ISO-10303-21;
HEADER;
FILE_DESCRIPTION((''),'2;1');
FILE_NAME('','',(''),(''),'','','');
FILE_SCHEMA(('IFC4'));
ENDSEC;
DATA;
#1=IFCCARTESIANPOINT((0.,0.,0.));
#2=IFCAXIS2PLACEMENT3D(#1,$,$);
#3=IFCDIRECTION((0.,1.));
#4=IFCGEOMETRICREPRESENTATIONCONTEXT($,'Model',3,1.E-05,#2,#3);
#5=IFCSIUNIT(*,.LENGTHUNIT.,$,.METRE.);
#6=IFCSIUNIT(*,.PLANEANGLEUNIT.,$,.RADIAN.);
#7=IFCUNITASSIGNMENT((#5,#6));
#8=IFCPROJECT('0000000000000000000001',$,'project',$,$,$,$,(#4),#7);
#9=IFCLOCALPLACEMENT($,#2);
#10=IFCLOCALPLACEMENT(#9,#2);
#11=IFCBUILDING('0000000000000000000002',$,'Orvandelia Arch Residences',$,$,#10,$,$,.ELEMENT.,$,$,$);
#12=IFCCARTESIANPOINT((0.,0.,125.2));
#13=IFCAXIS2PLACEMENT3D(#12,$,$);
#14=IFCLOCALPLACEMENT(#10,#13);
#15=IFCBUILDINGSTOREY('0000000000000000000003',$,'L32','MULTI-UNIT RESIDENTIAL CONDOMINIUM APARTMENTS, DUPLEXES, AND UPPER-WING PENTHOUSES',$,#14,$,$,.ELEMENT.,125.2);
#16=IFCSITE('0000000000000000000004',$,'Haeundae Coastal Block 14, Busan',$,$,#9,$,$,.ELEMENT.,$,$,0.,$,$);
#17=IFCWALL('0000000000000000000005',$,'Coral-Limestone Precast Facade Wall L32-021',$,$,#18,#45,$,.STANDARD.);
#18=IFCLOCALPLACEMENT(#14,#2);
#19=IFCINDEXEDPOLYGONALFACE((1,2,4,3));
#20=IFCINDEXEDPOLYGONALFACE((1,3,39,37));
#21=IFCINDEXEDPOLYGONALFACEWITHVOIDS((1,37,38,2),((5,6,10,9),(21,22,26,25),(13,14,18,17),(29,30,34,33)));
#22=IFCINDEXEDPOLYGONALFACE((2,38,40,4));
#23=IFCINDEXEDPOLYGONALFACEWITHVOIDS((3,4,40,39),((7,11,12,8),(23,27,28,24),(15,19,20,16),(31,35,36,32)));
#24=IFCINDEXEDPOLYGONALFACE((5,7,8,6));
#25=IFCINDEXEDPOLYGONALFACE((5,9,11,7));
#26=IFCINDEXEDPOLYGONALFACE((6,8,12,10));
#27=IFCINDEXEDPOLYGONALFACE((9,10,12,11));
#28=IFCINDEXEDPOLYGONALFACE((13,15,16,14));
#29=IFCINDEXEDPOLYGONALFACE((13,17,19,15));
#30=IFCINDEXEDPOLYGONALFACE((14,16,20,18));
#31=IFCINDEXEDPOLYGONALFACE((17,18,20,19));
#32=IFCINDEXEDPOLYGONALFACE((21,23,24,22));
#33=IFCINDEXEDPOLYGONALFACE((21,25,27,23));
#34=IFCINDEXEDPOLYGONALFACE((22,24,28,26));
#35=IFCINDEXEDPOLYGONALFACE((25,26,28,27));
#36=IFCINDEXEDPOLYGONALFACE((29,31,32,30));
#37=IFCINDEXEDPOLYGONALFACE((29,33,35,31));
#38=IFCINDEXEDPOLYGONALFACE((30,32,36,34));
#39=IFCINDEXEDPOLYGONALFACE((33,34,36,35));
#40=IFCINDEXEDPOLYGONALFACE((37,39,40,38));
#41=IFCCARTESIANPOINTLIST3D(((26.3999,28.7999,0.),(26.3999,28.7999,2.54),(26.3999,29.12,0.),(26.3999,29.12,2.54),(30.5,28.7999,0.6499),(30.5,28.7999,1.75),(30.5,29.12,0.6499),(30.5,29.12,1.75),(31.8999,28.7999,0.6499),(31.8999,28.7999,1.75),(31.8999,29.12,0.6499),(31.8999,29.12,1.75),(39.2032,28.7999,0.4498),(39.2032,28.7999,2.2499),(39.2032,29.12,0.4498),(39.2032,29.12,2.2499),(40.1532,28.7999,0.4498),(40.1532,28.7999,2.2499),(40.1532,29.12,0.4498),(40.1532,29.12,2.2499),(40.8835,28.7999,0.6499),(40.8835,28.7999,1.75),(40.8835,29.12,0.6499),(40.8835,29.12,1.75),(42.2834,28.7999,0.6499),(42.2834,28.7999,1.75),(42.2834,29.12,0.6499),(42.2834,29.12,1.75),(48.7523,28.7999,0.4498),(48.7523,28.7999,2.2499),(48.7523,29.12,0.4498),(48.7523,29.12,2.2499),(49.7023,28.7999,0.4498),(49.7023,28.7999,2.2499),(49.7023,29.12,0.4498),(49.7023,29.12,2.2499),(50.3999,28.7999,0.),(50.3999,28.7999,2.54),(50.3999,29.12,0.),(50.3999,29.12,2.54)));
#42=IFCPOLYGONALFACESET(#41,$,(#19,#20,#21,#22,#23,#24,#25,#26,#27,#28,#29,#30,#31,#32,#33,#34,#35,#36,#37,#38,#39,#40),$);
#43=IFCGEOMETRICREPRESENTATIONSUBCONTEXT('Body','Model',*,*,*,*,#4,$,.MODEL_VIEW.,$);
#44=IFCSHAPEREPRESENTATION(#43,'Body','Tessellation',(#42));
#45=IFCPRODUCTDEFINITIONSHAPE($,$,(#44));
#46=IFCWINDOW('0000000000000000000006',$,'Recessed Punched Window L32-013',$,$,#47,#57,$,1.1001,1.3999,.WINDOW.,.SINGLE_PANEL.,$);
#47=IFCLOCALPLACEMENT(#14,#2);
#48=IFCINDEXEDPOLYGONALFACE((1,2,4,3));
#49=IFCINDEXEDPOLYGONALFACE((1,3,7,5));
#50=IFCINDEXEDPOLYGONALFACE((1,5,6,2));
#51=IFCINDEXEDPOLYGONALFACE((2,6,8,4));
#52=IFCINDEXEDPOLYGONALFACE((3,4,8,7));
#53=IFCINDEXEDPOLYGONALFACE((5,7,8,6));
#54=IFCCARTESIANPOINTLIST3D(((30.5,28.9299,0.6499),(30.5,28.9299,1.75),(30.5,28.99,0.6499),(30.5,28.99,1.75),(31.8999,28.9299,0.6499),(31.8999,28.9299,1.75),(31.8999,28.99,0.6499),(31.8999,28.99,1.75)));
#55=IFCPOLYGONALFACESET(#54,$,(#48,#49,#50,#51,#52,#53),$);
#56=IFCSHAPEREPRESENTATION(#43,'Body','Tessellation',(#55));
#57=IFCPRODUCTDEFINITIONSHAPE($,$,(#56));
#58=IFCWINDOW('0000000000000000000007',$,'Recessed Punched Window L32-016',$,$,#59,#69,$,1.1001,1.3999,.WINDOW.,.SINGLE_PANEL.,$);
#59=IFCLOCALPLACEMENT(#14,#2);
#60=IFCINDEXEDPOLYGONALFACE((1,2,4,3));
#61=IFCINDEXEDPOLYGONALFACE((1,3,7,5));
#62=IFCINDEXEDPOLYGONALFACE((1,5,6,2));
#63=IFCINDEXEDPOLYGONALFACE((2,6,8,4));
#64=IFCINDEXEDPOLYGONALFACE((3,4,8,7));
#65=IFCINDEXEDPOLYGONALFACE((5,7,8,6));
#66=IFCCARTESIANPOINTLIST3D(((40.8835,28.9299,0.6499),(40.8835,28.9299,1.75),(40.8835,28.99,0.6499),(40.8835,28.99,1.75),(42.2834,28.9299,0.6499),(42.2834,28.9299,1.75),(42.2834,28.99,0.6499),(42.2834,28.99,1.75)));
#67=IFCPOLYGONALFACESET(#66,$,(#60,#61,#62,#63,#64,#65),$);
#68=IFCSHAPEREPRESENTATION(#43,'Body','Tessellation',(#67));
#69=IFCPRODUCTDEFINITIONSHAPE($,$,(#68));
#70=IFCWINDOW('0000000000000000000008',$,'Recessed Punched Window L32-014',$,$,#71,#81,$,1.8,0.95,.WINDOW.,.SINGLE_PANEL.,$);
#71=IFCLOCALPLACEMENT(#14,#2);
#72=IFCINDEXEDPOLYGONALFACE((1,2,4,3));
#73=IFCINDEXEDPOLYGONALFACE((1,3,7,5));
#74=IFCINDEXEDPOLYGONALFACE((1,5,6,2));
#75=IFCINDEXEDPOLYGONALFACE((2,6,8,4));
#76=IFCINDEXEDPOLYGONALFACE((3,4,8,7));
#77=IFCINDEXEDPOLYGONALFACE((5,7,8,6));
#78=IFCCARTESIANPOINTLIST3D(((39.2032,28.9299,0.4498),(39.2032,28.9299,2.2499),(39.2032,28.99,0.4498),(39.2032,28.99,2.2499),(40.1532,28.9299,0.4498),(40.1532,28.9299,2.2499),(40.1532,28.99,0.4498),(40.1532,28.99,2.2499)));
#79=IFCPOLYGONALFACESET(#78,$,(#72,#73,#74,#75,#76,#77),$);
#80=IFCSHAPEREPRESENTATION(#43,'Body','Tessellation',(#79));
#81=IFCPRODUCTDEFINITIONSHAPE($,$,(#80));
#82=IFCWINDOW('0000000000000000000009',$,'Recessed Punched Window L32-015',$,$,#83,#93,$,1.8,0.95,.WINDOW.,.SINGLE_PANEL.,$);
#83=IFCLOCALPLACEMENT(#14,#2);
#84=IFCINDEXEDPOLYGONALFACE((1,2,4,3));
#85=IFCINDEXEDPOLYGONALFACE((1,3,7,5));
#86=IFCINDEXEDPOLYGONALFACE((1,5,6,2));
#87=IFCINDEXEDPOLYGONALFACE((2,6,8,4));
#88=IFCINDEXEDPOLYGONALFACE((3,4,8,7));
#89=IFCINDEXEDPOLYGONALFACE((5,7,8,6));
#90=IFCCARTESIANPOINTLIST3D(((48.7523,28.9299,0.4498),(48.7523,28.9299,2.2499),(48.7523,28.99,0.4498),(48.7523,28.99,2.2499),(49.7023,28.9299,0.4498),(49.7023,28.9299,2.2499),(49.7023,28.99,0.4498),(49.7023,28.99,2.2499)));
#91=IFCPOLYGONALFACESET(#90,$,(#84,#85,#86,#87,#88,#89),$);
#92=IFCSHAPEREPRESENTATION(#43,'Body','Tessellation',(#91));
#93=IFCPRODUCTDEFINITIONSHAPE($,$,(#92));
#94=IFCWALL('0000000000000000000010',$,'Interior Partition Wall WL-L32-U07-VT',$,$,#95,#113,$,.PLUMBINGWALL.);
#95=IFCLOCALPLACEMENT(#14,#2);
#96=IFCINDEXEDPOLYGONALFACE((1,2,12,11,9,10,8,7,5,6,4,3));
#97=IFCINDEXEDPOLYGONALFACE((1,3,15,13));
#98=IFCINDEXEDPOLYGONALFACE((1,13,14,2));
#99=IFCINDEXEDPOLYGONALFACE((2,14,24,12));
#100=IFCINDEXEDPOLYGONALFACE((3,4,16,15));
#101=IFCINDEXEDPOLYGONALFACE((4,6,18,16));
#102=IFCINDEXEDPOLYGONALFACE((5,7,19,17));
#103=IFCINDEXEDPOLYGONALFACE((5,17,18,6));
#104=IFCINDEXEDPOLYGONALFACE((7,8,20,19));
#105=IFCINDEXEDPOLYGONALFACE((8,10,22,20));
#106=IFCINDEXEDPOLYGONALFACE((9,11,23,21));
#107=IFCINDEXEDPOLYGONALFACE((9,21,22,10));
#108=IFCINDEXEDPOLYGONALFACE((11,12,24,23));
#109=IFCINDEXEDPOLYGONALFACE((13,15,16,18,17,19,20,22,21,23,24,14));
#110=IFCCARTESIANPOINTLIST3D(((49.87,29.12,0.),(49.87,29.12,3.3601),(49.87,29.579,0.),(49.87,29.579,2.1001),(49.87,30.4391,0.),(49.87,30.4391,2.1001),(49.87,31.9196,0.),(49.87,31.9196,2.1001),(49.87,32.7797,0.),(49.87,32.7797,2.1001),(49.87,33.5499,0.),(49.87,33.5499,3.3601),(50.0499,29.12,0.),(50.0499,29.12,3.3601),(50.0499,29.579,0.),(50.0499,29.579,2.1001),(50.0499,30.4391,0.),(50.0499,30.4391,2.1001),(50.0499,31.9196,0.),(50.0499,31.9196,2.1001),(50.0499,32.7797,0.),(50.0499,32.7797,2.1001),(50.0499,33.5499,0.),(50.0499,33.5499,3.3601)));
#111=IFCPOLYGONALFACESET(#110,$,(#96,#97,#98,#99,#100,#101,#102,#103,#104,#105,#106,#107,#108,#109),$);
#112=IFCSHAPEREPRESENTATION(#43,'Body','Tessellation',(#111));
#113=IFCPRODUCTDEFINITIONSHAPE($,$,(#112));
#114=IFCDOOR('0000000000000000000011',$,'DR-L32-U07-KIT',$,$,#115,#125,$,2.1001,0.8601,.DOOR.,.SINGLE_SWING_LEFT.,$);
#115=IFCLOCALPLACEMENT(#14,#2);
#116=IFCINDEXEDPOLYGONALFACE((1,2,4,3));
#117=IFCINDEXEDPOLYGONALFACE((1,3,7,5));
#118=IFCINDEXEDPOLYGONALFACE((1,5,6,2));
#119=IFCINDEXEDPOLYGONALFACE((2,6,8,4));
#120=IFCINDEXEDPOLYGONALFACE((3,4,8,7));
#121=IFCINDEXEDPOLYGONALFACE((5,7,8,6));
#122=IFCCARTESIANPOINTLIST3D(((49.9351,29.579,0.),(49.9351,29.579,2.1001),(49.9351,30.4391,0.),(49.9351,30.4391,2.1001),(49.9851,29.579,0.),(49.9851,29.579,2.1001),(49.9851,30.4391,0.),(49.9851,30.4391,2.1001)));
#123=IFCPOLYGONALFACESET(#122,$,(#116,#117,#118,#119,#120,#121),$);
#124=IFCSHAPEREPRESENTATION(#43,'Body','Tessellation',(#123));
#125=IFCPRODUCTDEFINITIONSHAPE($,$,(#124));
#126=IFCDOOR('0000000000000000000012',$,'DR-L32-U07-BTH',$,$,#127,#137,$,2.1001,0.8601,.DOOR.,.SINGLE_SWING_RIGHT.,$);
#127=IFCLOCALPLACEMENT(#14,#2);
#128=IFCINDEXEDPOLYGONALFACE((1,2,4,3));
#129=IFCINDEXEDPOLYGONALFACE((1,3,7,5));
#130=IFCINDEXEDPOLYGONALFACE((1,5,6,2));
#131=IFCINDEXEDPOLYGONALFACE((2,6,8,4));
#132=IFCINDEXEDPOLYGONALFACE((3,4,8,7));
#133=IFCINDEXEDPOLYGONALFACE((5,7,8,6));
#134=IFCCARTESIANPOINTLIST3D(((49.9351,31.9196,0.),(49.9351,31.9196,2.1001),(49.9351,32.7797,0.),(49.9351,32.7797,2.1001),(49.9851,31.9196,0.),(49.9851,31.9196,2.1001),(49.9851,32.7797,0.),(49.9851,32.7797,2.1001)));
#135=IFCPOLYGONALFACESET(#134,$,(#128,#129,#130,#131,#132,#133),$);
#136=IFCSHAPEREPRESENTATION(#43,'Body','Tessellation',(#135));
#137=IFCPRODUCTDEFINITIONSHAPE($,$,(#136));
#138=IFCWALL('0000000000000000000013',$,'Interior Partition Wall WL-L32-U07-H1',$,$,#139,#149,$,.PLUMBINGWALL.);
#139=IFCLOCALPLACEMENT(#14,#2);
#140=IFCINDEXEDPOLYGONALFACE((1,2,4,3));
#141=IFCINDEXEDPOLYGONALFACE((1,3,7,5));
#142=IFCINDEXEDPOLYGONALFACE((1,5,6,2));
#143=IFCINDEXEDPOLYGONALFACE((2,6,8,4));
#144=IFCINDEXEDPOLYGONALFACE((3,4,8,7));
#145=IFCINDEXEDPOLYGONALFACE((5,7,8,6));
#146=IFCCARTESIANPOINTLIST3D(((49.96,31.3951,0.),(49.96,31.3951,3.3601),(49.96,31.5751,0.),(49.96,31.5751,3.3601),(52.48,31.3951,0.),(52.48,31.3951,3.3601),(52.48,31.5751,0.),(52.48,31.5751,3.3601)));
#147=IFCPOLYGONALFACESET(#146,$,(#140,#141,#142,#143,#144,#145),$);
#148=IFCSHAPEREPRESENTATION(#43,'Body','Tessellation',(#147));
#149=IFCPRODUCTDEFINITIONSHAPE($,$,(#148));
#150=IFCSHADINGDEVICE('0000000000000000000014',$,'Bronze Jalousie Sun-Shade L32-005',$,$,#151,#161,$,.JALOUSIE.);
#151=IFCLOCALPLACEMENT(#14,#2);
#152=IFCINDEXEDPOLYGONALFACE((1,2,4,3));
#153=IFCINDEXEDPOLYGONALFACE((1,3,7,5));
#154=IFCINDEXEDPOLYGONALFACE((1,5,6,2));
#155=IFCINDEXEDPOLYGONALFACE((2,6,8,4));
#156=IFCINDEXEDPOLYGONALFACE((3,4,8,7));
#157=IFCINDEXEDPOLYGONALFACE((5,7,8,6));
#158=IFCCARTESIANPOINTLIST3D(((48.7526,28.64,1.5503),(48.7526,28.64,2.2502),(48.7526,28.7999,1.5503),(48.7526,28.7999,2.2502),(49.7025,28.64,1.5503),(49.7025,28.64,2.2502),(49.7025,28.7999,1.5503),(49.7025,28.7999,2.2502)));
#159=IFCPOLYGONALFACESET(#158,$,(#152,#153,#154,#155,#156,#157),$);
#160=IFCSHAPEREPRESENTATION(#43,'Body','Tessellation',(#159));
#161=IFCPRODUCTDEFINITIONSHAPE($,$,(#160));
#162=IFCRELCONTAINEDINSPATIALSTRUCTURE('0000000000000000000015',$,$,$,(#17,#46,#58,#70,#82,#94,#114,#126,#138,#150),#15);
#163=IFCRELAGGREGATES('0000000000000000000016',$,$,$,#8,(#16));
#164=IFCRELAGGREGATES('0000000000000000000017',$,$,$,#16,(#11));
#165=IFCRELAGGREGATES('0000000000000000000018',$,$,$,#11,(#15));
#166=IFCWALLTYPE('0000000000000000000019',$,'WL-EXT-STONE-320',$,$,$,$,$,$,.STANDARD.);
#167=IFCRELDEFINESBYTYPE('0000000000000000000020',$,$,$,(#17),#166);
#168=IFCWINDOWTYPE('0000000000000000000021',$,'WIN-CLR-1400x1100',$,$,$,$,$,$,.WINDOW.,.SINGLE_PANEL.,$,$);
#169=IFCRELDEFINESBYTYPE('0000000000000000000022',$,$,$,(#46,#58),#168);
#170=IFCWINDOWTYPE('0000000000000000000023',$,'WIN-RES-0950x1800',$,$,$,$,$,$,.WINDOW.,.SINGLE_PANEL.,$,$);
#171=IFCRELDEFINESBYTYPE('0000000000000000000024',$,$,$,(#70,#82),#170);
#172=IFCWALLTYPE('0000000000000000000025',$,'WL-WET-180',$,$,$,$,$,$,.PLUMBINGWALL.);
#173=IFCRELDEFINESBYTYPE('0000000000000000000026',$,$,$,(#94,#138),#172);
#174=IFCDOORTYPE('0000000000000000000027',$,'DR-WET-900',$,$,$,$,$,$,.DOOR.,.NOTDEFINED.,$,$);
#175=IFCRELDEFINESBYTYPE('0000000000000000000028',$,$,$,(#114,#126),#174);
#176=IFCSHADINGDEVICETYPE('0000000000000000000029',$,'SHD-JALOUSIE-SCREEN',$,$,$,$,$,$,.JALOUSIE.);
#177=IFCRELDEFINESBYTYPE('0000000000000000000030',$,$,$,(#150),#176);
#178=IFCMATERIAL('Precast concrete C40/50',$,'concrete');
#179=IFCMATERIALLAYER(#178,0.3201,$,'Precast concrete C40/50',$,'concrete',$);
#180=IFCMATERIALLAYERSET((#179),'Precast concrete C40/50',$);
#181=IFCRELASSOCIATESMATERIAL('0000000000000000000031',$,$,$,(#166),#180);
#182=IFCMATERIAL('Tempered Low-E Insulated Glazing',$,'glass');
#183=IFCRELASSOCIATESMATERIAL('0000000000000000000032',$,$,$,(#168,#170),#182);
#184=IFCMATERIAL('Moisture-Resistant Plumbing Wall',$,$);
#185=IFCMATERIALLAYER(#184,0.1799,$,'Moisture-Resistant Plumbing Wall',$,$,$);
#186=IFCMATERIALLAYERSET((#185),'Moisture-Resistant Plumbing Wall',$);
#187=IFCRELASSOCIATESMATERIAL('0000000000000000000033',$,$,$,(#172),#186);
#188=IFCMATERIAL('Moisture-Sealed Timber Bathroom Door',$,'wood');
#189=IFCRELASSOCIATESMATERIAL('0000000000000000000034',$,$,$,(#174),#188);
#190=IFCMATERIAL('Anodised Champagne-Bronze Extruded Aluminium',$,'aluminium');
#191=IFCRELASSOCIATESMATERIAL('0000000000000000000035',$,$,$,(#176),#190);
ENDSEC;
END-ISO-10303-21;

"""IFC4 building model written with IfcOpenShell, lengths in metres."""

from ifc_helpers import new_model, si_unit, direction, frame, frame_2d, origin, origin_2d, place, context, subcontext, project, spatial, rectangle, extrude, material, layer, layer_set, type_object, element, fill, save


model = new_model("IFC4")

# Units and contexts
model_context = context("Model", 3, precision=1e-05, world=origin(), true_north=direction((0.0, 1.0)))
body_context = subcontext(model_context, "Body", "Model", "MODEL_VIEW")
ifc_project = project(units=[si_unit("LENGTHUNIT", "METRE"), si_unit("PLANEANGLEUNIT", "RADIAN")], contexts=[model_context])

# Site, building, storey
site_placement = place(None, origin())
site = spatial("IfcSite", under=ifc_project, at=site_placement, Name="Haeundae Coastal Block 14, Busan", CompositionType="ELEMENT", RefElevation=0.0)
building_placement = place(site_placement, origin())
building = spatial("IfcBuilding", under=site, at=building_placement, Name="Orvandelia Arch Residences", CompositionType="ELEMENT")
storey_placement = place(building_placement, frame((0.0, 0.0, 125.2)))
storey = spatial("IfcBuildingStorey", under=building, at=storey_placement, Name="L32", Description="MULTI-UNIT RESIDENTIAL CONDOMINIUM APARTMENTS, DUPLEXES, AND UPPER-WING PENTHOUSES", CompositionType="ELEMENT", Elevation=125.2)

# Shared definitions
ifc_material_1 = material(Name="Precast concrete C40/50", Category="concrete")
ifc_layer_1 = layer(ifc_material_1, 0.3201, Name="Precast concrete C40/50", Category="concrete")
ifc_layer_set_1 = layer_set([ifc_layer_1], Name="Precast concrete C40/50")
wall_type_1 = type_object("IfcWallType", Name="WL-EXT-STONE-320", PredefinedType="STANDARD", material=ifc_layer_set_1)

# Wall, openings, windows
wall_1_placement = place(storey_placement, frame((50.3999, 28.96, 0.0), z_axis=(0.0, 0.0, 1.0), x_axis=(-1.0, 0.0, 0.0)))
wall_1 = element("IfcWall", 1, at=wall_1_placement, inside=storey, type_object=wall_type_1, Name="Coral-Limestone Precast Facade Wall L32-021", PredefinedType="STANDARD", context=body_context, shape_type="SweptSolid", body=[
    extrude(rectangle(XDim=24.0, YDim=0.3201, at=frame_2d((12.0, 0.0))), origin(), (0.0, 0.0, 1.0), 2.54),
])
opening_1_placement = place(wall_1_placement, frame((18.5, 0.0, 0.6499)))
opening_1 = element("IfcOpeningElement", 2, at=opening_1_placement, cuts=wall_1, PredefinedType="OPENING", context=body_context, shape_type="SweptSolid", body=[
    extrude(rectangle(XDim=1.3999, YDim=1.1001, at=frame_2d((0.7, 0.55))), frame((0.0, 0.1699, 0.0), z_axis=(0.0, -1.0, 0.0), x_axis=(1.0, 0.0, 0.0)), (0.0, 0.0, 1.0), 0.3401),
])
opening_2_placement = place(wall_1_placement, frame((10.2466, 0.0, 0.45)))
opening_2 = element("IfcOpeningElement", 3, at=opening_2_placement, cuts=wall_1, PredefinedType="OPENING", context=body_context, shape_type="SweptSolid", body=[
    extrude(rectangle(XDim=0.95, YDim=1.8, at=frame_2d((0.4751, 0.8999))), frame((0.0, 0.1699, 0.0), z_axis=(0.0, -1.0, 0.0), x_axis=(1.0, 0.0, 0.0)), (0.0, 0.0, 1.0), 0.3401),
])
opening_3_placement = place(wall_1_placement, frame((0.6975, 0.0, 0.45)))
opening_3 = element("IfcOpeningElement", 4, at=opening_3_placement, cuts=wall_1, PredefinedType="OPENING", context=body_context, shape_type="SweptSolid", body=[
    extrude(rectangle(XDim=0.95, YDim=1.8, at=frame_2d((0.4751, 0.8999))), frame((0.0, 0.1699, 0.0), z_axis=(0.0, -1.0, 0.0), x_axis=(1.0, 0.0, 0.0)), (0.0, 0.0, 1.0), 0.3401),
])
opening_4_placement = place(wall_1_placement, frame((8.1165, 0.0, 0.6499)))
opening_4 = element("IfcOpeningElement", 5, at=opening_4_placement, cuts=wall_1, PredefinedType="OPENING", context=body_context, shape_type="SweptSolid", body=[
    extrude(rectangle(XDim=1.3999, YDim=1.1001, at=frame_2d((0.7, 0.55))), frame((0.0, 0.1699, 0.0), z_axis=(0.0, -1.0, 0.0), x_axis=(1.0, 0.0, 0.0)), (0.0, 0.0, 1.0), 0.3401),
])
ifc_material_2 = material(Name="Tempered Low-E Insulated Glazing", Category="glass")
window_type_1 = type_object("IfcWindowType", Name="WIN-CLR-1400x1100", PartitioningType="SINGLE_PANEL", PredefinedType="WINDOW", material=ifc_material_2)
window_1_placement = place(opening_1_placement, origin())
window_1 = element("IfcWindow", 6, at=window_1_placement, inside=storey, type_object=window_type_1, Name="Recessed Punched Window L32-013", OverallHeight=1.1001, OverallWidth=1.3999, PartitioningType="SINGLE_PANEL", PredefinedType="WINDOW", context=body_context, shape_type="SweptSolid", body=[
    extrude(rectangle(XDim=1.3999, YDim=1.1001, at=frame_2d((0.7, 0.55))), frame((0.0, 0.03, 0.0), z_axis=(0.0, -1.0, 0.0), x_axis=(1.0, 0.0, 0.0)), (0.0, 0.0, 1.0), 0.0601),
])
fill(opening_1, window_1)
window_2_placement = place(opening_4_placement, origin())
window_2 = element("IfcWindow", 7, at=window_2_placement, inside=storey, type_object=window_type_1, Name="Recessed Punched Window L32-016", OverallHeight=1.1001, OverallWidth=1.3999, PartitioningType="SINGLE_PANEL", PredefinedType="WINDOW", context=body_context, shape_type="SweptSolid", body=[
    extrude(rectangle(XDim=1.3999, YDim=1.1001, at=frame_2d((0.7, 0.55))), frame((0.0, 0.03, 0.0), z_axis=(0.0, -1.0, 0.0), x_axis=(1.0, 0.0, 0.0)), (0.0, 0.0, 1.0), 0.0601),
])
fill(opening_4, window_2)
window_type_2 = type_object("IfcWindowType", Name="WIN-RES-0950x1800", PartitioningType="SINGLE_PANEL", PredefinedType="WINDOW", material=ifc_material_2)
window_3_placement = place(opening_2_placement, origin())
window_3 = element("IfcWindow", 8, at=window_3_placement, inside=storey, type_object=window_type_2, Name="Recessed Punched Window L32-014", OverallHeight=1.8, OverallWidth=0.95, PartitioningType="SINGLE_PANEL", PredefinedType="WINDOW", context=body_context, shape_type="SweptSolid", body=[
    extrude(rectangle(XDim=0.95, YDim=1.8, at=frame_2d((0.4751, 0.8999))), frame((0.0, 0.03, 0.0), z_axis=(0.0, -1.0, 0.0), x_axis=(1.0, 0.0, 0.0)), (0.0, 0.0, 1.0), 0.0601),
])
fill(opening_2, window_3)
window_4_placement = place(opening_3_placement, origin())
window_4 = element("IfcWindow", 9, at=window_4_placement, inside=storey, type_object=window_type_2, Name="Recessed Punched Window L32-015", OverallHeight=1.8, OverallWidth=0.95, PartitioningType="SINGLE_PANEL", PredefinedType="WINDOW", context=body_context, shape_type="SweptSolid", body=[
    extrude(rectangle(XDim=0.95, YDim=1.8, at=frame_2d((0.4751, 0.8999))), frame((0.0, 0.03, 0.0), z_axis=(0.0, -1.0, 0.0), x_axis=(1.0, 0.0, 0.0)), (0.0, 0.0, 1.0), 0.0601),
])
fill(opening_3, window_4)

# Wall, openings, doors
ifc_material_3 = material(Name="Moisture-Resistant Plumbing Wall")
ifc_layer_2 = layer(ifc_material_3, 0.1799, Name="Moisture-Resistant Plumbing Wall")
ifc_layer_set_2 = layer_set([ifc_layer_2], Name="Moisture-Resistant Plumbing Wall")
wall_type_2 = type_object("IfcWallType", Name="WL-WET-180", PredefinedType="PLUMBINGWALL", material=ifc_layer_set_2)
wall_2_placement = place(storey_placement, frame((49.96, 29.1201, 0.0), z_axis=(0.0, 0.0, 1.0), x_axis=(0.0, 1.0, 0.0)))
wall_2 = element("IfcWall", 10, at=wall_2_placement, inside=storey, type_object=wall_type_2, Name="Interior Partition Wall WL-L32-U07-VT", PredefinedType="PLUMBINGWALL", context=body_context, shape_type="SweptSolid", body=[
    extrude(rectangle(XDim=4.4299, YDim=0.1799, at=frame_2d((2.2148, 0.0))), origin(), (0.0, 0.0, 1.0), 3.3601),
])
opening_5_placement = place(wall_2_placement, frame((0.4587, 0.0, 0.0)))
opening_5 = element("IfcOpeningElement", 11, at=opening_5_placement, cuts=wall_2, PredefinedType="OPENING", context=body_context, shape_type="SweptSolid", body=[
    extrude(rectangle(XDim=0.8601, YDim=2.1001, at=frame_2d((0.4302, 1.05))), frame((0.0, 0.1001, 0.0), z_axis=(0.0, -1.0, 0.0), x_axis=(1.0, 0.0, 0.0)), (0.0, 0.0, 1.0), 0.2),
])
opening_6_placement = place(wall_2_placement, frame((2.7993, 0.0, 0.0)))
opening_6 = element("IfcOpeningElement", 12, at=opening_6_placement, cuts=wall_2, PredefinedType="OPENING", context=body_context, shape_type="SweptSolid", body=[
    extrude(rectangle(XDim=0.8601, YDim=2.1001, at=frame_2d((0.4302, 1.05))), frame((0.0, 0.1001, 0.0), z_axis=(0.0, -1.0, 0.0), x_axis=(1.0, 0.0, 0.0)), (0.0, 0.0, 1.0), 0.2),
])
ifc_material_4 = material(Name="Moisture-Sealed Timber Bathroom Door", Category="wood")
door_type = type_object("IfcDoorType", Name="DR-WET-900", OperationType="NOTDEFINED", PredefinedType="DOOR", material=ifc_material_4)
door_1_placement = place(opening_5_placement, origin())
door_1 = element("IfcDoor", 13, at=door_1_placement, inside=storey, type_object=door_type, Name="DR-L32-U07-KIT", OperationType="SINGLE_SWING_LEFT", OverallHeight=2.1001, OverallWidth=0.8601, PredefinedType="DOOR", context=body_context, shape_type="SweptSolid", body=[
    extrude(rectangle(XDim=0.8601, YDim=2.1001, at=frame_2d((0.4302, 1.05))), frame((0.0, 0.0249, 0.0), z_axis=(0.0, -1.0, 0.0), x_axis=(1.0, 0.0, 0.0)), (0.0, 0.0, 1.0), 0.05),
])
fill(opening_5, door_1)
door_2_placement = place(opening_6_placement, origin())
door_2 = element("IfcDoor", 14, at=door_2_placement, inside=storey, type_object=door_type, Name="DR-L32-U07-BTH", OperationType="SINGLE_SWING_RIGHT", OverallHeight=2.1001, OverallWidth=0.8601, PredefinedType="DOOR", context=body_context, shape_type="SweptSolid", body=[
    extrude(rectangle(XDim=0.8601, YDim=2.1001, at=frame_2d((0.4302, 1.05))), frame((0.0, 0.0249, 0.0), z_axis=(0.0, -1.0, 0.0), x_axis=(1.0, 0.0, 0.0)), (0.0, 0.0, 1.0), 0.05),
])
fill(opening_6, door_2)

# Wall
wall_3_placement = place(storey_placement, frame((49.96, 31.4851, 0.0), z_axis=(0.0, 0.0, 1.0), x_axis=(1.0, 0.0, 0.0)))
element("IfcWall", 15, at=wall_3_placement, inside=storey, type_object=wall_type_2, Name="Interior Partition Wall WL-L32-U07-H1", PredefinedType="PLUMBINGWALL", context=body_context, shape_type="SweptSolid", body=[
    extrude(rectangle(XDim=2.52, YDim=0.1799, at=frame_2d((1.26, 0.0))), origin(), (0.0, 0.0, 1.0), 3.3601),
])

# Shading device
ifc_material_5 = material(Name="Anodised Champagne-Bronze Extruded Aluminium", Category="aluminium")
shading_device_type = type_object("IfcShadingDeviceType", Name="SHD-JALOUSIE-SCREEN", PredefinedType="JALOUSIE", material=ifc_material_5)
shading_device_placement = place(storey_placement, frame((49.2275, 28.72, 1.5503), z_axis=(0.0, 0.0, 1.0), x_axis=(-1.0, 0.0, 0.0)))
element("IfcShadingDevice", 16, at=shading_device_placement, inside=storey, type_object=shading_device_type, Name="Bronze Jalousie Sun-Shade L32-005", PredefinedType="JALOUSIE", context=body_context, shape_type="SweptSolid", body=[
    extrude(rectangle(XDim=0.95, YDim=0.1599, at=origin_2d()), origin(), (0.0, 0.0, 1.0), 0.7),
])

save(model, "model.ifc")
